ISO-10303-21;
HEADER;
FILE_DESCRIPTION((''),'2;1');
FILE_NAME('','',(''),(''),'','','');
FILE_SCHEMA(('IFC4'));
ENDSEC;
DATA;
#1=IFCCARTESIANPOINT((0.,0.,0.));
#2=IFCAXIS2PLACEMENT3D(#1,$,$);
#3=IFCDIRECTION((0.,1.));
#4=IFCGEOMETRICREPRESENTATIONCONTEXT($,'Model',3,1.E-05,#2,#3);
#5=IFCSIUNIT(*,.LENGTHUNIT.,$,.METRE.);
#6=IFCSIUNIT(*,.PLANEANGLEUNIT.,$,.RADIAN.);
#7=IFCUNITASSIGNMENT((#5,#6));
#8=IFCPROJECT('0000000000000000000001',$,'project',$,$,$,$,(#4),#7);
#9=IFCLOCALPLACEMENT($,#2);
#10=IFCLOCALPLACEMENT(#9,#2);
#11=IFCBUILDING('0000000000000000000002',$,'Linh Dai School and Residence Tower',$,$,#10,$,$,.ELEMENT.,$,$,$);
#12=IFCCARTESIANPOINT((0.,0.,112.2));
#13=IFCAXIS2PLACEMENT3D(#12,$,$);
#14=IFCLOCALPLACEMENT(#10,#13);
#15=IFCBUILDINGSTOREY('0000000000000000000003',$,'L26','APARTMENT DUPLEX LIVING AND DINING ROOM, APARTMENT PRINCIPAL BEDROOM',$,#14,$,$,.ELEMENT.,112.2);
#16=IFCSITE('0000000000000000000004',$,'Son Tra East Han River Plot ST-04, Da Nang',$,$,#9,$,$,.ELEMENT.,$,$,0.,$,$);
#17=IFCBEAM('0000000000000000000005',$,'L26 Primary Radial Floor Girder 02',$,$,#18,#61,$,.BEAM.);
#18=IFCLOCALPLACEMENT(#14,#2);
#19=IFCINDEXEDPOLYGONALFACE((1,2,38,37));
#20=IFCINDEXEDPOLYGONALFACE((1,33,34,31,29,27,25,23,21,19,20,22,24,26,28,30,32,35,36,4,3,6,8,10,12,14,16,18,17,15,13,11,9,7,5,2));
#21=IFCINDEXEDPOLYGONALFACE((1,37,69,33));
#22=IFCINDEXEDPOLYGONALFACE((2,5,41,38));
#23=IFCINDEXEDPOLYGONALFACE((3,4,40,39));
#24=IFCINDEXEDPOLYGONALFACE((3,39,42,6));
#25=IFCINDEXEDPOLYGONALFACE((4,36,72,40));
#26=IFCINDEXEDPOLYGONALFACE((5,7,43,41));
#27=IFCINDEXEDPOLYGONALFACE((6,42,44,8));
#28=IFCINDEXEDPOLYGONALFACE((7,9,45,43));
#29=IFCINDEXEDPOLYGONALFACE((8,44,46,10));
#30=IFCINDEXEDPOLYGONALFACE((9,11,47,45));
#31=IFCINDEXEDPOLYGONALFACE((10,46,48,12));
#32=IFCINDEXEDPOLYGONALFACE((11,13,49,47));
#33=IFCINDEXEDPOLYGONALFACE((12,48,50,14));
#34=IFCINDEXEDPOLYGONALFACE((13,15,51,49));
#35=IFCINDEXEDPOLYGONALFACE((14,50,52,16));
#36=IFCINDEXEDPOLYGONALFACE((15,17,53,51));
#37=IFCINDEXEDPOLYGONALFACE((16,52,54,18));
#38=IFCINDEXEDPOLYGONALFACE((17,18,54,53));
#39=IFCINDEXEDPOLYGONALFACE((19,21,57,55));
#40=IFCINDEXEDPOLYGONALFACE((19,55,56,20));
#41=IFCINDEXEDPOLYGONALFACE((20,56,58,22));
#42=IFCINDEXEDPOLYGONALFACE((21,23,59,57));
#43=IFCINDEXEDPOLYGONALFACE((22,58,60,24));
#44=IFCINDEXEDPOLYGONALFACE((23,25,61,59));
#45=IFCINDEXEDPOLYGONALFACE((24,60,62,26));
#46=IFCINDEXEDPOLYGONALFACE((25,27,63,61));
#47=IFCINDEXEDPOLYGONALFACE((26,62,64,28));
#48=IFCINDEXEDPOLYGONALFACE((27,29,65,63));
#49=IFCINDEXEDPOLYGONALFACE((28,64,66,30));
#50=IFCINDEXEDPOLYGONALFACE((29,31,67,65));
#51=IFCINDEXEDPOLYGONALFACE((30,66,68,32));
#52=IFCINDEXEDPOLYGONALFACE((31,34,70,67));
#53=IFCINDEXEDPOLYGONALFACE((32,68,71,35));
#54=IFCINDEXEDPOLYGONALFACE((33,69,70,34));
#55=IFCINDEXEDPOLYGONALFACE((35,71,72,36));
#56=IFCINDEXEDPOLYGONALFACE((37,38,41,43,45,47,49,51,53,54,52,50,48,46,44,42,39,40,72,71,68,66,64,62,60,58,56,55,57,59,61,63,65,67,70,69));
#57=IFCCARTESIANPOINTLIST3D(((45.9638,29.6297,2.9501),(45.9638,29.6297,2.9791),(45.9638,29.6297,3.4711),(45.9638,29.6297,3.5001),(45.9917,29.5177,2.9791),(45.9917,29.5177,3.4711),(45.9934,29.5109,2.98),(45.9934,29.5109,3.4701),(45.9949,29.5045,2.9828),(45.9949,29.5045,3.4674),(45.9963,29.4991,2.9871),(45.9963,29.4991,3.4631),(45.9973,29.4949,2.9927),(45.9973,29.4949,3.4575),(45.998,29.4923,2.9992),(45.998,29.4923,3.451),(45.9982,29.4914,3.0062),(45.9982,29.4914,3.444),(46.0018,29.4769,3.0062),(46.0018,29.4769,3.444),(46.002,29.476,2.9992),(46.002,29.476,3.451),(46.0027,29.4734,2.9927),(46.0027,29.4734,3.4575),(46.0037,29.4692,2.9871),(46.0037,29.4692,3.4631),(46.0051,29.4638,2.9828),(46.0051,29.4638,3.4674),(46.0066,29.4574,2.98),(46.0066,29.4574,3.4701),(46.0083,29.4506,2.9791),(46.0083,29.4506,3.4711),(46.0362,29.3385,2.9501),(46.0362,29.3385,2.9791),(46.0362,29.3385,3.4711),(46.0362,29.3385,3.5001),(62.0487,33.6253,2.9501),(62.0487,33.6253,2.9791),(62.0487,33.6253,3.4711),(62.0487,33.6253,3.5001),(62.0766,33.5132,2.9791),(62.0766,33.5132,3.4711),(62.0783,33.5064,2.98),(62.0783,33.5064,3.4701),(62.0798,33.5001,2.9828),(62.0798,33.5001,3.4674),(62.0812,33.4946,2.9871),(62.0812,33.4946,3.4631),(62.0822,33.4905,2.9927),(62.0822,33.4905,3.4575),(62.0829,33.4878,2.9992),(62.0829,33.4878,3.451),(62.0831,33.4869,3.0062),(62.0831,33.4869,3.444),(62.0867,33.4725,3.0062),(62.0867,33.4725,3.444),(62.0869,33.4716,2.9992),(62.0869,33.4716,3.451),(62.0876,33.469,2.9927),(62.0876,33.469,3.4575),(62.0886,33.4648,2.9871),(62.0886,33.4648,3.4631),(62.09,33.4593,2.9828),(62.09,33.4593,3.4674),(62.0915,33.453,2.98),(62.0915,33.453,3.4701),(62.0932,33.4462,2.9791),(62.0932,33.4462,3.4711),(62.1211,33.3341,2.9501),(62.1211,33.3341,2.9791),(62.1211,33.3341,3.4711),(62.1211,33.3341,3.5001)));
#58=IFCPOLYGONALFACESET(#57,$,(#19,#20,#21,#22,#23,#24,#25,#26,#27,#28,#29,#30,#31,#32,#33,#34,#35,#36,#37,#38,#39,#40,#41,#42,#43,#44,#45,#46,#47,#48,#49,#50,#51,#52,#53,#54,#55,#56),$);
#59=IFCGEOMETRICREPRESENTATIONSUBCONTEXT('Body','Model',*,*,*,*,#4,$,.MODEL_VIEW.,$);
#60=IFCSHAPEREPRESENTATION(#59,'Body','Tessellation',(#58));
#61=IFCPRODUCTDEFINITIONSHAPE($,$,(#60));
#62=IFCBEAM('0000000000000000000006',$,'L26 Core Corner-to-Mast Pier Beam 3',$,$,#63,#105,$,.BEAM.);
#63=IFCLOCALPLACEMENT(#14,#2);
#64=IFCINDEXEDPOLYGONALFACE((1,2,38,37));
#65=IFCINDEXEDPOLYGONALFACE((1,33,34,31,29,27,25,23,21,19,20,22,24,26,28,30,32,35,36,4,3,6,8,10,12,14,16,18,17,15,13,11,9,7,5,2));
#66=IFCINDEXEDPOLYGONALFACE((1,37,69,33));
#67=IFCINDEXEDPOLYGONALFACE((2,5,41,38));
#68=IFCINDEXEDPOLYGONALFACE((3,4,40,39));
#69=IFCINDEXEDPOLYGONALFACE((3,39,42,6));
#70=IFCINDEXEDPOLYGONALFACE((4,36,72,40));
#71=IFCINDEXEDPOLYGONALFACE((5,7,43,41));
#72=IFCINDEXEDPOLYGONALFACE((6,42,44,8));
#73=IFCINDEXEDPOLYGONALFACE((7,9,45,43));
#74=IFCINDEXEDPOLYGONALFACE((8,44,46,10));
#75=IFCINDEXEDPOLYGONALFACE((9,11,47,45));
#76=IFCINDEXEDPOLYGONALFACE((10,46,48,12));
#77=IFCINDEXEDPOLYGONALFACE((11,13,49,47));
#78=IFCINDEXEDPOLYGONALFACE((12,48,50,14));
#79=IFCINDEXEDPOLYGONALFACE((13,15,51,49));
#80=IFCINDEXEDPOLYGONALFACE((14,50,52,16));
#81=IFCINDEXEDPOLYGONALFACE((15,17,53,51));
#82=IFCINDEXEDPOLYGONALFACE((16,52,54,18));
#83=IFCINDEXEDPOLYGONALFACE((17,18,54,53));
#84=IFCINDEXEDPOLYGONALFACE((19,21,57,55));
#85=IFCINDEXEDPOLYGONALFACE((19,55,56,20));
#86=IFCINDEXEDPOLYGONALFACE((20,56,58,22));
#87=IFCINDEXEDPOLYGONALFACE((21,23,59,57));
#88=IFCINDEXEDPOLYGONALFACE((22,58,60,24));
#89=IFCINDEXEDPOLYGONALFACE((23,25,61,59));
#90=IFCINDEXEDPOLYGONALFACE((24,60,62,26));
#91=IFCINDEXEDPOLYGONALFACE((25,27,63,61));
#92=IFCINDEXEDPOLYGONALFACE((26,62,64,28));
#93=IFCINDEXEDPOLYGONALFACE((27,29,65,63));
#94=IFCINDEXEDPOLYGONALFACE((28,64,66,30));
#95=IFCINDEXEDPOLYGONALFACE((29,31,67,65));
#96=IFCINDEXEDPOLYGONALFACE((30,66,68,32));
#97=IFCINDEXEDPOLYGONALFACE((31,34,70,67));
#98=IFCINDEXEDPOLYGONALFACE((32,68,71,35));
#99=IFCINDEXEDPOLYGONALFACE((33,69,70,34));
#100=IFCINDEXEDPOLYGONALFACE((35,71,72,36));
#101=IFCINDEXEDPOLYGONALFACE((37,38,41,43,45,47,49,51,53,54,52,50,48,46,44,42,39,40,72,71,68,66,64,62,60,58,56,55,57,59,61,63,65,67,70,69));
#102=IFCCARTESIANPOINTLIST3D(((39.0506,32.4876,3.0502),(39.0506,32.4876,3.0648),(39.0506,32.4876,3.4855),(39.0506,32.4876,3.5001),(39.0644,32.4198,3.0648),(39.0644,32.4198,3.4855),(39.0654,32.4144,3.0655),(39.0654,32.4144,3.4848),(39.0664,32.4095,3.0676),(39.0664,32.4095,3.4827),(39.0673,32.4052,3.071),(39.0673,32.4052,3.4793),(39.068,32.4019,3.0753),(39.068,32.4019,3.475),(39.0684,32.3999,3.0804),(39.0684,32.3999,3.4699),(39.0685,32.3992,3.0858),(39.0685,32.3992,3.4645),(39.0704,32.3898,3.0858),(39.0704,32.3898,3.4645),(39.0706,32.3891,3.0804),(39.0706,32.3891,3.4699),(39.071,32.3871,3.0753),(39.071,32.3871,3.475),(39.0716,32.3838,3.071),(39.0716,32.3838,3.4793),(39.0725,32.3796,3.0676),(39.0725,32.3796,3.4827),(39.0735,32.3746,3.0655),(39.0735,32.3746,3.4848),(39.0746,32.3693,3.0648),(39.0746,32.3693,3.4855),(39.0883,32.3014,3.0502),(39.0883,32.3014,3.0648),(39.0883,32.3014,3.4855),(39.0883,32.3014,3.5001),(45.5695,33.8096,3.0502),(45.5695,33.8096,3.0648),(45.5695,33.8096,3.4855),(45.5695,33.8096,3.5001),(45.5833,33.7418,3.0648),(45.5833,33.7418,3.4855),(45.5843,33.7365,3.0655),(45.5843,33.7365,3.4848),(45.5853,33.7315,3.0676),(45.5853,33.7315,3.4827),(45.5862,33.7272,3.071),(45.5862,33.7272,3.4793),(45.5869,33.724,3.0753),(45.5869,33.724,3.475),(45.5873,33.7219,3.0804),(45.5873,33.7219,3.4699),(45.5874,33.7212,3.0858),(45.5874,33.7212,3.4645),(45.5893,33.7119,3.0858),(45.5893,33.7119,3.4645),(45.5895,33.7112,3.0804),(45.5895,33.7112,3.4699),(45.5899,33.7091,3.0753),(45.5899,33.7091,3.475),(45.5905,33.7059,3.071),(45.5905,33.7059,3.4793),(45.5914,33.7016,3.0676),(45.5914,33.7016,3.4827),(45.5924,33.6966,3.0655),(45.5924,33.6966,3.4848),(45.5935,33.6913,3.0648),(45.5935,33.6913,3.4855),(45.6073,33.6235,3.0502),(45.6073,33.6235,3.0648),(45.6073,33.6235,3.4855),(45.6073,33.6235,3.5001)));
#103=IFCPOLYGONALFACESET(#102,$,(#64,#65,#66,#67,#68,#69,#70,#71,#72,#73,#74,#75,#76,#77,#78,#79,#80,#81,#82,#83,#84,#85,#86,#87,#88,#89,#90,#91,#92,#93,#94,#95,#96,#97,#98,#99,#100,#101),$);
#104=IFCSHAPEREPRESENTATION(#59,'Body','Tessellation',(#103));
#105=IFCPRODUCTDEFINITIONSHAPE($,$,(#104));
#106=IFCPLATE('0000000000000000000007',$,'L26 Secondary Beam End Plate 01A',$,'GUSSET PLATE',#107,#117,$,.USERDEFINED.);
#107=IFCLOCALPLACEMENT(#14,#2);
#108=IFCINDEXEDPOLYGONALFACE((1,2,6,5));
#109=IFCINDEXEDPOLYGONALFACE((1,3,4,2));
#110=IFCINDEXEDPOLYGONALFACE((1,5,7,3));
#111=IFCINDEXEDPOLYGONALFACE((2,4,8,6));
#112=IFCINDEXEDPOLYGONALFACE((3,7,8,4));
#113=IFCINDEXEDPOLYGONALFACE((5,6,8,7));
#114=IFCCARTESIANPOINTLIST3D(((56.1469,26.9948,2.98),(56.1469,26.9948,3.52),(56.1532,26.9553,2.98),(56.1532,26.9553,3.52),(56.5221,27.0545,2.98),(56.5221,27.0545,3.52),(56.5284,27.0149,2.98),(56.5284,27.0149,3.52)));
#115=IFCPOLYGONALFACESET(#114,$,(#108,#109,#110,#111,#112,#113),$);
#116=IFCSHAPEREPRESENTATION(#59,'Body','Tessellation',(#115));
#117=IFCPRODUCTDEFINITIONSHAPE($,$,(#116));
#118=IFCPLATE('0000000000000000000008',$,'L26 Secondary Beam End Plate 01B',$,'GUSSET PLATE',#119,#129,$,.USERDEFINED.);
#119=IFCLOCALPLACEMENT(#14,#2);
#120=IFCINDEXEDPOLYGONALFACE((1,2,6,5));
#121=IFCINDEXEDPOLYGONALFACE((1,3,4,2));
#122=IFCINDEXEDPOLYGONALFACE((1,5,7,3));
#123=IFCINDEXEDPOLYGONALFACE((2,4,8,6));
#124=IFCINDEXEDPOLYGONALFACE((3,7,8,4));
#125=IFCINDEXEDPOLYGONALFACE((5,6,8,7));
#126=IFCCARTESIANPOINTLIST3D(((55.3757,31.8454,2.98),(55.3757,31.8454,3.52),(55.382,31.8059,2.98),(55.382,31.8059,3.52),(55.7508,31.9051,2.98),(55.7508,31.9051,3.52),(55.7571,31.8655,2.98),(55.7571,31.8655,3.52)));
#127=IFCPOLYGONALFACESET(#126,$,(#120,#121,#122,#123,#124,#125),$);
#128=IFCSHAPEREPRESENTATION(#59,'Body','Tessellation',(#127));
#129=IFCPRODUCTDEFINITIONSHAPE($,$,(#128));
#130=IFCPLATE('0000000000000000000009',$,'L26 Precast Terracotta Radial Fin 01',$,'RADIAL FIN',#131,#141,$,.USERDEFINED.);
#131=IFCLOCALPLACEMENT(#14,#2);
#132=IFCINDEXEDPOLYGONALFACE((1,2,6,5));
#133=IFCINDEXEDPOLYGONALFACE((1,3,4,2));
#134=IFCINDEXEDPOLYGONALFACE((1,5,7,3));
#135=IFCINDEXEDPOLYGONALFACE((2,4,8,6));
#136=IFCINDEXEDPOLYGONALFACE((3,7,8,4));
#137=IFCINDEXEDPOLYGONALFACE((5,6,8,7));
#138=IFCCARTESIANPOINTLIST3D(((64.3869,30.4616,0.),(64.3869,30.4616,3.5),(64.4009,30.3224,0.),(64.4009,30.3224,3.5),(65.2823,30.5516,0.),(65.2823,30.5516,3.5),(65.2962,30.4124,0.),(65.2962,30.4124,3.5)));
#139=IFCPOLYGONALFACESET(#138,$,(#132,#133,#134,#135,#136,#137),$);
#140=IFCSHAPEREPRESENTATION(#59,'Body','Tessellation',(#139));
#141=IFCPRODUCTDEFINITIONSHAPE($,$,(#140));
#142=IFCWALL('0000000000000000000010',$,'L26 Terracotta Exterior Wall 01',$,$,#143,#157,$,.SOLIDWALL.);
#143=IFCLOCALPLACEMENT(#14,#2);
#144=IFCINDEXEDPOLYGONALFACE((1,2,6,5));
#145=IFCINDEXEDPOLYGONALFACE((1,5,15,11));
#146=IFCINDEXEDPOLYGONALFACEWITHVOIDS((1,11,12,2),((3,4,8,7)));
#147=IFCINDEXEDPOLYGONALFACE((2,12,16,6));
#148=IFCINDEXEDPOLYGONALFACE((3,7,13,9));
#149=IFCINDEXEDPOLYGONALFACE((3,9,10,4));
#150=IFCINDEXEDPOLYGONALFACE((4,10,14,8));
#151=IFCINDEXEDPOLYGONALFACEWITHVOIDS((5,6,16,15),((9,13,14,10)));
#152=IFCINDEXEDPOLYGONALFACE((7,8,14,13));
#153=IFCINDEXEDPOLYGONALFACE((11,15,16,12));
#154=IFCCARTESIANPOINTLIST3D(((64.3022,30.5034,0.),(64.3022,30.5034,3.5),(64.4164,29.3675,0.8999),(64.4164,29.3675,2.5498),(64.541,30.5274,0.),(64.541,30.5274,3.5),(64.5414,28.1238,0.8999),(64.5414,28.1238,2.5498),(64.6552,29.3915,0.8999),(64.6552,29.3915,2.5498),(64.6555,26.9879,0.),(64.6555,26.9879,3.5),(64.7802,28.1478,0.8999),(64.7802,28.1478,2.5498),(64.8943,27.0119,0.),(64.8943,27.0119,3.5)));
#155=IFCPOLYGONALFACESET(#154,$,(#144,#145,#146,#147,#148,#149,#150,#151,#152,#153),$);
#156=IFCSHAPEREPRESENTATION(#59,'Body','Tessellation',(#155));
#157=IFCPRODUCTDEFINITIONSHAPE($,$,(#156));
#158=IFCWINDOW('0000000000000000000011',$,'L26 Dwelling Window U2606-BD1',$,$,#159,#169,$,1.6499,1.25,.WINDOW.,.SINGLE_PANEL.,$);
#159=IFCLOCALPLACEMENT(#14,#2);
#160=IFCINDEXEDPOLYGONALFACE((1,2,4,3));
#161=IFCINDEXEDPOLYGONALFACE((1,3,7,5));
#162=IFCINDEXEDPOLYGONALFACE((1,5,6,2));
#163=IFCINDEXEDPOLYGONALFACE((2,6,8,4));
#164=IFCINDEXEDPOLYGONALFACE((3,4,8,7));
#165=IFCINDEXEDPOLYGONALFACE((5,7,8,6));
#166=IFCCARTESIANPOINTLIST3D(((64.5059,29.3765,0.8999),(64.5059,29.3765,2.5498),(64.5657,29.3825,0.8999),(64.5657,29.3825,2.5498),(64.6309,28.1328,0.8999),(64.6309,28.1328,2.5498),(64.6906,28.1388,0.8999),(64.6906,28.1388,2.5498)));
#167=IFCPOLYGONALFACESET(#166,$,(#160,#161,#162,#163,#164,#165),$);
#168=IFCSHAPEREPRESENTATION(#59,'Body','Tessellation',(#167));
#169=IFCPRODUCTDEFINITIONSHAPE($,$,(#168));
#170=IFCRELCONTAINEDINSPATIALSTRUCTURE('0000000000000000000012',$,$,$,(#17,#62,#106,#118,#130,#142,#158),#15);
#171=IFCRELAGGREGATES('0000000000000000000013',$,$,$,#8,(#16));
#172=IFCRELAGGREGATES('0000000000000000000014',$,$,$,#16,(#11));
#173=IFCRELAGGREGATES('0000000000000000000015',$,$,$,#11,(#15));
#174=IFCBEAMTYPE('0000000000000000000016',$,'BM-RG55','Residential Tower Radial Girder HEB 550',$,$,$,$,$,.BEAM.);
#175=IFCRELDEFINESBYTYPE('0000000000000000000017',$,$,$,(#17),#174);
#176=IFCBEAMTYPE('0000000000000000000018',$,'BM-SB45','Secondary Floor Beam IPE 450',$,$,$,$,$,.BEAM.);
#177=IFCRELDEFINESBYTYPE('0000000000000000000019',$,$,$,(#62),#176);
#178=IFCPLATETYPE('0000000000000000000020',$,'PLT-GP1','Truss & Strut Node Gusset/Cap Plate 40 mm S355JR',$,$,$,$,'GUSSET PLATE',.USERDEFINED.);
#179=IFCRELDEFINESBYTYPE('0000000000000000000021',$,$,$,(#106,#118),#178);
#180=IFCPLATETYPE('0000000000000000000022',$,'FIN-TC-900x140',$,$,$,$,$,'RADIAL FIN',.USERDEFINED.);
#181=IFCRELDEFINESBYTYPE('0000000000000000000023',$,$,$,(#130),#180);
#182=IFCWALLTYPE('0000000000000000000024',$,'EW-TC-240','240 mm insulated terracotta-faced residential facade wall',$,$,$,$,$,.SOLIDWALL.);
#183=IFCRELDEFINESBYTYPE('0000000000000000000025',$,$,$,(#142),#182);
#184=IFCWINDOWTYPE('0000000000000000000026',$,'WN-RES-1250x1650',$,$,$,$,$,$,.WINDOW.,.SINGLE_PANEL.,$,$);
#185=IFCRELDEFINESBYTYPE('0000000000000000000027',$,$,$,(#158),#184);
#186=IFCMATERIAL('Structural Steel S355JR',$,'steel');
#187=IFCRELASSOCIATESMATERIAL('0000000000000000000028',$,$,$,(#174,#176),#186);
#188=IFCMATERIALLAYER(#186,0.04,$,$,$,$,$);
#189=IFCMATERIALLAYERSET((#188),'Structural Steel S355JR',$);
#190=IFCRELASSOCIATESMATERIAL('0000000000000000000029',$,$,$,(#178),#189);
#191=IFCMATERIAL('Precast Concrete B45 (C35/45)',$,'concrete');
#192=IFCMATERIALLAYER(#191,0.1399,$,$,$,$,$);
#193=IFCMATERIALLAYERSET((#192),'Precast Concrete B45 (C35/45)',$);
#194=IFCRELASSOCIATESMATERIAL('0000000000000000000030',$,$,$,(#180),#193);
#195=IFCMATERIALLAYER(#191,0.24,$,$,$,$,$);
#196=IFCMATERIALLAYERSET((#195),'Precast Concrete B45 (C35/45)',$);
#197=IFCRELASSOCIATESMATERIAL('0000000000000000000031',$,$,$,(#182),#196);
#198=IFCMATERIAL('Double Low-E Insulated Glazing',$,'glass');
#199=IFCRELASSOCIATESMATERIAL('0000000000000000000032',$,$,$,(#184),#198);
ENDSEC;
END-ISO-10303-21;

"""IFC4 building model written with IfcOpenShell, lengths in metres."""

from ifc_helpers import new_model, si_unit, direction, frame, frame_2d, origin, origin_2d, place, context, subcontext, project, spatial, rectangle, i_section, extrude, source, transform, mapped, material, layer, layer_set, material_profile, profile_set, type_object, element, fill, save


model = new_model("IFC4")

# Units and contexts
model_context = context("Model", 3, precision=1e-05, world=origin(), true_north=direction((0.0, 1.0)))
body_context = subcontext(model_context, "Body", "Model", "MODEL_VIEW")
ifc_project = project(units=[si_unit("LENGTHUNIT", "METRE"), si_unit("PLANEANGLEUNIT", "RADIAN")], contexts=[model_context])

# Site, building, storey
site_placement = place(None, origin())
site = spatial("IfcSite", under=ifc_project, at=site_placement, Name="Son Tra East Han River Plot ST-04, Da Nang", CompositionType="ELEMENT", RefElevation=0.0)
building_placement = place(site_placement, origin())
building = spatial("IfcBuilding", under=site, at=building_placement, Name="Linh Dai School and Residence Tower", CompositionType="ELEMENT")
storey_placement = place(building_placement, frame((0.0, 0.0, 112.2)))
storey = spatial("IfcBuildingStorey", under=building, at=storey_placement, Name="L26", Description="APARTMENT DUPLEX LIVING AND DINING ROOM, APARTMENT PRINCIPAL BEDROOM", CompositionType="ELEMENT", Elevation=112.2)

# Shared definitions
ifc_material_1 = material(Name="Structural Steel S355JR", Category="steel")

# Beams
ifc_material_profile_1 = material_profile(ifc_material_1, i_section(OverallWidth=0.3, OverallDepth=0.55, WebThickness=0.0149, FlangeThickness=0.0291, FilletRadius=0.0271, at=origin_2d()), Name="HEB 550")
ifc_profile_set_1 = profile_set([ifc_material_profile_1], Name="Structural Steel S355JR")
beam_type_1 = type_object("IfcBeamType", Name="BM-RG55", Description="Residential Tower Radial Girder HEB 550", PredefinedType="BEAM", material=ifc_profile_set_1)
beam_1_placement = place(storey_placement, frame((46.0, 29.4841, 3.2251), z_axis=(0.970505, 0.24108, 0.0), x_axis=(-0.24108, 0.970505, 0.0)))
element("IfcBeam", 1, at=beam_1_placement, inside=storey, type_object=beam_type_1, Name="L26 Primary Radial Floor Girder 02", PredefinedType="BEAM", context=body_context, shape_type="SweptSolid", body=[
    extrude(i_section(OverallWidth=0.3, OverallDepth=0.55, WebThickness=0.0149, FlangeThickness=0.0291, FilletRadius=0.0271, at=origin_2d()), origin(), (0.0, 0.0, 1.0), 16.5737),
])
ifc_material_profile_2 = material_profile(ifc_material_1, i_section(OverallWidth=0.1899, OverallDepth=0.45, WebThickness=0.0095, FlangeThickness=0.0146, FilletRadius=0.021, at=origin_2d()), Name="IPE 450")
ifc_profile_set_2 = profile_set([ifc_material_profile_2], Name="Structural Steel S355JR")
beam_type_2 = type_object("IfcBeamType", Name="BM-SB45", Description="Secondary Floor Beam IPE 450", PredefinedType="BEAM", material=ifc_profile_set_2)
beam_2_placement = place(storey_placement, frame((45.5884, 33.7166, 3.2751), z_axis=(-0.980049, -0.198755, 0.0), x_axis=(0.198755, -0.980049, 0.0)))
element("IfcBeam", 2, at=beam_2_placement, inside=storey, type_object=beam_type_2, Name="L26 Core Corner-to-Mast Pier Beam 3", PredefinedType="BEAM", context=body_context, shape_type="SweptSolid", body=[
    extrude(i_section(OverallWidth=0.1899, OverallDepth=0.45, WebThickness=0.0095, FlangeThickness=0.0146, FilletRadius=0.021, at=origin_2d()), origin(), (0.0, 0.0, 1.0), 6.6516),
])

# Plates
ifc_layer_1 = layer(ifc_material_1, 0.04)
ifc_layer_set_1 = layer_set([ifc_layer_1], Name="Structural Steel S355JR")
plate_type_1 = type_object("IfcPlateType", Name="PLT-GP1", Description="Truss & Strut Node Gusset/Cap Plate 40 mm S355JR", ElementType="GUSSET PLATE", PredefinedType="USERDEFINED", material=ifc_layer_set_1)
shared_shape_1 = source(origin(), body_context, "Body", "SweptSolid", [
    extrude(rectangle(XDim=0.04, YDim=0.3799, at=origin_2d()), origin(), (0.0, 0.0, 1.0), 0.54),
])
for number, where, z_axis, x_axis, name in (
    (3, (56.3376, 27.0049, 2.98), (0.0, 0.0, 1.0), (-0.157025, 0.987595, 0.0), "L26 Secondary Beam End Plate 01A"),
    (4, (55.5664, 31.8555, 2.98), (0.0, 0.0, 1.0), (-0.157025, 0.987595, 0.0), "L26 Secondary Beam End Plate 01B"),
):
    element("IfcPlate", number, at=place(storey_placement, frame(where, z_axis=z_axis, x_axis=x_axis)), inside=storey, type_object=plate_type_1, Name=name, ObjectType="GUSSET PLATE", PredefinedType="USERDEFINED", context=body_context, shape_type="MappedRepresentation", body=[
        mapped(shared_shape_1, transform((0.0, 0.0, 0.0), x_axis=(1.0, 0.0, 0.0), y_axis=(0.0, 1.0, 0.0), z_axis=(0.0, 0.0, 1.0), scale=1.0)),
    ])
ifc_material_2 = material(Name="Precast Concrete B45 (C35/45)", Category="concrete")
ifc_layer_2 = layer(ifc_material_2, 0.1399)
ifc_layer_set_2 = layer_set([ifc_layer_2], Name="Precast Concrete B45 (C35/45)")
plate_type_2 = type_object("IfcPlateType", Name="FIN-TC-900x140", ElementType="RADIAL FIN", PredefinedType="USERDEFINED", material=ifc_layer_set_2)
shared_shape_2 = source(origin(), body_context, "Body", "SweptSolid", [
    extrude(rectangle(XDim=0.8999, YDim=0.1399, at=origin_2d()), origin(), (0.0, 0.0, 1.0), 3.5),
])
plate_placement = place(storey_placement, frame((64.8416, 30.437, 0.0), z_axis=(0.0, 0.0, 1.0), x_axis=(0.994987, 0.100007, 0.0)))
element("IfcPlate", 5, at=plate_placement, inside=storey, type_object=plate_type_2, Name="L26 Precast Terracotta Radial Fin 01", ObjectType="RADIAL FIN", PredefinedType="USERDEFINED", context=body_context, shape_type="MappedRepresentation", body=[
    mapped(shared_shape_2, transform((0.0, 0.0, 0.0), x_axis=(1.0, 0.0, 0.0), y_axis=(0.0, 1.0, 0.0), z_axis=(0.0, 0.0, 1.0), scale=1.0)),
])

# Wall, opening, window
ifc_layer_3 = layer(ifc_material_2, 0.24)
ifc_layer_set_3 = layer_set([ifc_layer_3], Name="Precast Concrete B45 (C35/45)")
wall_type_1 = type_object("IfcWallType", Name="EW-TC-240", Description="240 mm insulated terracotta-faced residential facade wall", PredefinedType="SOLIDWALL", material=ifc_layer_set_3)
wall_1_placement = place(storey_placement, frame((64.4216, 30.5154, 0.0), z_axis=(0.0, 0.0, 1.0), x_axis=(0.099989, -0.994988, 0.0)))
wall_1 = element("IfcWall", 6, at=wall_1_placement, inside=storey, type_object=wall_type_1, Name="L26 Terracotta Exterior Wall 01", PredefinedType="SOLIDWALL", context=body_context, shape_type="SweptSolid", body=[
    extrude(rectangle(XDim=3.5332, YDim=0.24, at=frame_2d((1.7666, 0.0))), origin(), (0.0, 0.0, 1.0), 3.5),
])
opening_1_placement = place(wall_1_placement, frame((1.1416, 0.0, 0.8999)))
opening_1 = element("IfcOpeningElement", 7, at=opening_1_placement, cuts=wall_1, PredefinedType="OPENING", context=body_context, shape_type="SweptSolid", body=[
    extrude(rectangle(XDim=1.25, YDim=1.6499, at=origin_2d()), frame((0.625, 0.1299, 0.825), z_axis=(0.0, -1.0, 0.0), x_axis=(1.0, 0.0, 0.0)), (0.0, 0.0, 1.0), 0.26),
])
ifc_material_3 = material(Name="Double Low-E Insulated Glazing", Category="glass")
window_type = type_object("IfcWindowType", Name="WN-RES-1250x1650", PartitioningType="SINGLE_PANEL", PredefinedType="WINDOW", material=ifc_material_3)
shared_shape_3 = source(origin(), body_context, "Body", "SweptSolid", [
    extrude(rectangle(XDim=1.25, YDim=1.6499, at=origin_2d()), frame((0.625, 0.03, 0.825), z_axis=(0.0, -1.0, 0.0), x_axis=(1.0, 0.0, 0.0)), (0.0, 0.0, 1.0), 0.0601),
])
window_1_placement = place(opening_1_placement, origin())
window_1 = element("IfcWindow", 8, at=window_1_placement, inside=storey, type_object=window_type, Name="L26 Dwelling Window U2606-BD1", OverallHeight=1.6499, OverallWidth=1.25, PartitioningType="SINGLE_PANEL", PredefinedType="WINDOW", context=body_context, shape_type="MappedRepresentation", body=[
    mapped(shared_shape_3, transform((0.0, 0.0, 0.0), x_axis=(1.0, 0.0, 0.0), y_axis=(0.0, 1.0, 0.0), z_axis=(0.0, 0.0, 1.0), scale=1.0)),
])
fill(opening_1, window_1)

save(model, "model.ifc")
